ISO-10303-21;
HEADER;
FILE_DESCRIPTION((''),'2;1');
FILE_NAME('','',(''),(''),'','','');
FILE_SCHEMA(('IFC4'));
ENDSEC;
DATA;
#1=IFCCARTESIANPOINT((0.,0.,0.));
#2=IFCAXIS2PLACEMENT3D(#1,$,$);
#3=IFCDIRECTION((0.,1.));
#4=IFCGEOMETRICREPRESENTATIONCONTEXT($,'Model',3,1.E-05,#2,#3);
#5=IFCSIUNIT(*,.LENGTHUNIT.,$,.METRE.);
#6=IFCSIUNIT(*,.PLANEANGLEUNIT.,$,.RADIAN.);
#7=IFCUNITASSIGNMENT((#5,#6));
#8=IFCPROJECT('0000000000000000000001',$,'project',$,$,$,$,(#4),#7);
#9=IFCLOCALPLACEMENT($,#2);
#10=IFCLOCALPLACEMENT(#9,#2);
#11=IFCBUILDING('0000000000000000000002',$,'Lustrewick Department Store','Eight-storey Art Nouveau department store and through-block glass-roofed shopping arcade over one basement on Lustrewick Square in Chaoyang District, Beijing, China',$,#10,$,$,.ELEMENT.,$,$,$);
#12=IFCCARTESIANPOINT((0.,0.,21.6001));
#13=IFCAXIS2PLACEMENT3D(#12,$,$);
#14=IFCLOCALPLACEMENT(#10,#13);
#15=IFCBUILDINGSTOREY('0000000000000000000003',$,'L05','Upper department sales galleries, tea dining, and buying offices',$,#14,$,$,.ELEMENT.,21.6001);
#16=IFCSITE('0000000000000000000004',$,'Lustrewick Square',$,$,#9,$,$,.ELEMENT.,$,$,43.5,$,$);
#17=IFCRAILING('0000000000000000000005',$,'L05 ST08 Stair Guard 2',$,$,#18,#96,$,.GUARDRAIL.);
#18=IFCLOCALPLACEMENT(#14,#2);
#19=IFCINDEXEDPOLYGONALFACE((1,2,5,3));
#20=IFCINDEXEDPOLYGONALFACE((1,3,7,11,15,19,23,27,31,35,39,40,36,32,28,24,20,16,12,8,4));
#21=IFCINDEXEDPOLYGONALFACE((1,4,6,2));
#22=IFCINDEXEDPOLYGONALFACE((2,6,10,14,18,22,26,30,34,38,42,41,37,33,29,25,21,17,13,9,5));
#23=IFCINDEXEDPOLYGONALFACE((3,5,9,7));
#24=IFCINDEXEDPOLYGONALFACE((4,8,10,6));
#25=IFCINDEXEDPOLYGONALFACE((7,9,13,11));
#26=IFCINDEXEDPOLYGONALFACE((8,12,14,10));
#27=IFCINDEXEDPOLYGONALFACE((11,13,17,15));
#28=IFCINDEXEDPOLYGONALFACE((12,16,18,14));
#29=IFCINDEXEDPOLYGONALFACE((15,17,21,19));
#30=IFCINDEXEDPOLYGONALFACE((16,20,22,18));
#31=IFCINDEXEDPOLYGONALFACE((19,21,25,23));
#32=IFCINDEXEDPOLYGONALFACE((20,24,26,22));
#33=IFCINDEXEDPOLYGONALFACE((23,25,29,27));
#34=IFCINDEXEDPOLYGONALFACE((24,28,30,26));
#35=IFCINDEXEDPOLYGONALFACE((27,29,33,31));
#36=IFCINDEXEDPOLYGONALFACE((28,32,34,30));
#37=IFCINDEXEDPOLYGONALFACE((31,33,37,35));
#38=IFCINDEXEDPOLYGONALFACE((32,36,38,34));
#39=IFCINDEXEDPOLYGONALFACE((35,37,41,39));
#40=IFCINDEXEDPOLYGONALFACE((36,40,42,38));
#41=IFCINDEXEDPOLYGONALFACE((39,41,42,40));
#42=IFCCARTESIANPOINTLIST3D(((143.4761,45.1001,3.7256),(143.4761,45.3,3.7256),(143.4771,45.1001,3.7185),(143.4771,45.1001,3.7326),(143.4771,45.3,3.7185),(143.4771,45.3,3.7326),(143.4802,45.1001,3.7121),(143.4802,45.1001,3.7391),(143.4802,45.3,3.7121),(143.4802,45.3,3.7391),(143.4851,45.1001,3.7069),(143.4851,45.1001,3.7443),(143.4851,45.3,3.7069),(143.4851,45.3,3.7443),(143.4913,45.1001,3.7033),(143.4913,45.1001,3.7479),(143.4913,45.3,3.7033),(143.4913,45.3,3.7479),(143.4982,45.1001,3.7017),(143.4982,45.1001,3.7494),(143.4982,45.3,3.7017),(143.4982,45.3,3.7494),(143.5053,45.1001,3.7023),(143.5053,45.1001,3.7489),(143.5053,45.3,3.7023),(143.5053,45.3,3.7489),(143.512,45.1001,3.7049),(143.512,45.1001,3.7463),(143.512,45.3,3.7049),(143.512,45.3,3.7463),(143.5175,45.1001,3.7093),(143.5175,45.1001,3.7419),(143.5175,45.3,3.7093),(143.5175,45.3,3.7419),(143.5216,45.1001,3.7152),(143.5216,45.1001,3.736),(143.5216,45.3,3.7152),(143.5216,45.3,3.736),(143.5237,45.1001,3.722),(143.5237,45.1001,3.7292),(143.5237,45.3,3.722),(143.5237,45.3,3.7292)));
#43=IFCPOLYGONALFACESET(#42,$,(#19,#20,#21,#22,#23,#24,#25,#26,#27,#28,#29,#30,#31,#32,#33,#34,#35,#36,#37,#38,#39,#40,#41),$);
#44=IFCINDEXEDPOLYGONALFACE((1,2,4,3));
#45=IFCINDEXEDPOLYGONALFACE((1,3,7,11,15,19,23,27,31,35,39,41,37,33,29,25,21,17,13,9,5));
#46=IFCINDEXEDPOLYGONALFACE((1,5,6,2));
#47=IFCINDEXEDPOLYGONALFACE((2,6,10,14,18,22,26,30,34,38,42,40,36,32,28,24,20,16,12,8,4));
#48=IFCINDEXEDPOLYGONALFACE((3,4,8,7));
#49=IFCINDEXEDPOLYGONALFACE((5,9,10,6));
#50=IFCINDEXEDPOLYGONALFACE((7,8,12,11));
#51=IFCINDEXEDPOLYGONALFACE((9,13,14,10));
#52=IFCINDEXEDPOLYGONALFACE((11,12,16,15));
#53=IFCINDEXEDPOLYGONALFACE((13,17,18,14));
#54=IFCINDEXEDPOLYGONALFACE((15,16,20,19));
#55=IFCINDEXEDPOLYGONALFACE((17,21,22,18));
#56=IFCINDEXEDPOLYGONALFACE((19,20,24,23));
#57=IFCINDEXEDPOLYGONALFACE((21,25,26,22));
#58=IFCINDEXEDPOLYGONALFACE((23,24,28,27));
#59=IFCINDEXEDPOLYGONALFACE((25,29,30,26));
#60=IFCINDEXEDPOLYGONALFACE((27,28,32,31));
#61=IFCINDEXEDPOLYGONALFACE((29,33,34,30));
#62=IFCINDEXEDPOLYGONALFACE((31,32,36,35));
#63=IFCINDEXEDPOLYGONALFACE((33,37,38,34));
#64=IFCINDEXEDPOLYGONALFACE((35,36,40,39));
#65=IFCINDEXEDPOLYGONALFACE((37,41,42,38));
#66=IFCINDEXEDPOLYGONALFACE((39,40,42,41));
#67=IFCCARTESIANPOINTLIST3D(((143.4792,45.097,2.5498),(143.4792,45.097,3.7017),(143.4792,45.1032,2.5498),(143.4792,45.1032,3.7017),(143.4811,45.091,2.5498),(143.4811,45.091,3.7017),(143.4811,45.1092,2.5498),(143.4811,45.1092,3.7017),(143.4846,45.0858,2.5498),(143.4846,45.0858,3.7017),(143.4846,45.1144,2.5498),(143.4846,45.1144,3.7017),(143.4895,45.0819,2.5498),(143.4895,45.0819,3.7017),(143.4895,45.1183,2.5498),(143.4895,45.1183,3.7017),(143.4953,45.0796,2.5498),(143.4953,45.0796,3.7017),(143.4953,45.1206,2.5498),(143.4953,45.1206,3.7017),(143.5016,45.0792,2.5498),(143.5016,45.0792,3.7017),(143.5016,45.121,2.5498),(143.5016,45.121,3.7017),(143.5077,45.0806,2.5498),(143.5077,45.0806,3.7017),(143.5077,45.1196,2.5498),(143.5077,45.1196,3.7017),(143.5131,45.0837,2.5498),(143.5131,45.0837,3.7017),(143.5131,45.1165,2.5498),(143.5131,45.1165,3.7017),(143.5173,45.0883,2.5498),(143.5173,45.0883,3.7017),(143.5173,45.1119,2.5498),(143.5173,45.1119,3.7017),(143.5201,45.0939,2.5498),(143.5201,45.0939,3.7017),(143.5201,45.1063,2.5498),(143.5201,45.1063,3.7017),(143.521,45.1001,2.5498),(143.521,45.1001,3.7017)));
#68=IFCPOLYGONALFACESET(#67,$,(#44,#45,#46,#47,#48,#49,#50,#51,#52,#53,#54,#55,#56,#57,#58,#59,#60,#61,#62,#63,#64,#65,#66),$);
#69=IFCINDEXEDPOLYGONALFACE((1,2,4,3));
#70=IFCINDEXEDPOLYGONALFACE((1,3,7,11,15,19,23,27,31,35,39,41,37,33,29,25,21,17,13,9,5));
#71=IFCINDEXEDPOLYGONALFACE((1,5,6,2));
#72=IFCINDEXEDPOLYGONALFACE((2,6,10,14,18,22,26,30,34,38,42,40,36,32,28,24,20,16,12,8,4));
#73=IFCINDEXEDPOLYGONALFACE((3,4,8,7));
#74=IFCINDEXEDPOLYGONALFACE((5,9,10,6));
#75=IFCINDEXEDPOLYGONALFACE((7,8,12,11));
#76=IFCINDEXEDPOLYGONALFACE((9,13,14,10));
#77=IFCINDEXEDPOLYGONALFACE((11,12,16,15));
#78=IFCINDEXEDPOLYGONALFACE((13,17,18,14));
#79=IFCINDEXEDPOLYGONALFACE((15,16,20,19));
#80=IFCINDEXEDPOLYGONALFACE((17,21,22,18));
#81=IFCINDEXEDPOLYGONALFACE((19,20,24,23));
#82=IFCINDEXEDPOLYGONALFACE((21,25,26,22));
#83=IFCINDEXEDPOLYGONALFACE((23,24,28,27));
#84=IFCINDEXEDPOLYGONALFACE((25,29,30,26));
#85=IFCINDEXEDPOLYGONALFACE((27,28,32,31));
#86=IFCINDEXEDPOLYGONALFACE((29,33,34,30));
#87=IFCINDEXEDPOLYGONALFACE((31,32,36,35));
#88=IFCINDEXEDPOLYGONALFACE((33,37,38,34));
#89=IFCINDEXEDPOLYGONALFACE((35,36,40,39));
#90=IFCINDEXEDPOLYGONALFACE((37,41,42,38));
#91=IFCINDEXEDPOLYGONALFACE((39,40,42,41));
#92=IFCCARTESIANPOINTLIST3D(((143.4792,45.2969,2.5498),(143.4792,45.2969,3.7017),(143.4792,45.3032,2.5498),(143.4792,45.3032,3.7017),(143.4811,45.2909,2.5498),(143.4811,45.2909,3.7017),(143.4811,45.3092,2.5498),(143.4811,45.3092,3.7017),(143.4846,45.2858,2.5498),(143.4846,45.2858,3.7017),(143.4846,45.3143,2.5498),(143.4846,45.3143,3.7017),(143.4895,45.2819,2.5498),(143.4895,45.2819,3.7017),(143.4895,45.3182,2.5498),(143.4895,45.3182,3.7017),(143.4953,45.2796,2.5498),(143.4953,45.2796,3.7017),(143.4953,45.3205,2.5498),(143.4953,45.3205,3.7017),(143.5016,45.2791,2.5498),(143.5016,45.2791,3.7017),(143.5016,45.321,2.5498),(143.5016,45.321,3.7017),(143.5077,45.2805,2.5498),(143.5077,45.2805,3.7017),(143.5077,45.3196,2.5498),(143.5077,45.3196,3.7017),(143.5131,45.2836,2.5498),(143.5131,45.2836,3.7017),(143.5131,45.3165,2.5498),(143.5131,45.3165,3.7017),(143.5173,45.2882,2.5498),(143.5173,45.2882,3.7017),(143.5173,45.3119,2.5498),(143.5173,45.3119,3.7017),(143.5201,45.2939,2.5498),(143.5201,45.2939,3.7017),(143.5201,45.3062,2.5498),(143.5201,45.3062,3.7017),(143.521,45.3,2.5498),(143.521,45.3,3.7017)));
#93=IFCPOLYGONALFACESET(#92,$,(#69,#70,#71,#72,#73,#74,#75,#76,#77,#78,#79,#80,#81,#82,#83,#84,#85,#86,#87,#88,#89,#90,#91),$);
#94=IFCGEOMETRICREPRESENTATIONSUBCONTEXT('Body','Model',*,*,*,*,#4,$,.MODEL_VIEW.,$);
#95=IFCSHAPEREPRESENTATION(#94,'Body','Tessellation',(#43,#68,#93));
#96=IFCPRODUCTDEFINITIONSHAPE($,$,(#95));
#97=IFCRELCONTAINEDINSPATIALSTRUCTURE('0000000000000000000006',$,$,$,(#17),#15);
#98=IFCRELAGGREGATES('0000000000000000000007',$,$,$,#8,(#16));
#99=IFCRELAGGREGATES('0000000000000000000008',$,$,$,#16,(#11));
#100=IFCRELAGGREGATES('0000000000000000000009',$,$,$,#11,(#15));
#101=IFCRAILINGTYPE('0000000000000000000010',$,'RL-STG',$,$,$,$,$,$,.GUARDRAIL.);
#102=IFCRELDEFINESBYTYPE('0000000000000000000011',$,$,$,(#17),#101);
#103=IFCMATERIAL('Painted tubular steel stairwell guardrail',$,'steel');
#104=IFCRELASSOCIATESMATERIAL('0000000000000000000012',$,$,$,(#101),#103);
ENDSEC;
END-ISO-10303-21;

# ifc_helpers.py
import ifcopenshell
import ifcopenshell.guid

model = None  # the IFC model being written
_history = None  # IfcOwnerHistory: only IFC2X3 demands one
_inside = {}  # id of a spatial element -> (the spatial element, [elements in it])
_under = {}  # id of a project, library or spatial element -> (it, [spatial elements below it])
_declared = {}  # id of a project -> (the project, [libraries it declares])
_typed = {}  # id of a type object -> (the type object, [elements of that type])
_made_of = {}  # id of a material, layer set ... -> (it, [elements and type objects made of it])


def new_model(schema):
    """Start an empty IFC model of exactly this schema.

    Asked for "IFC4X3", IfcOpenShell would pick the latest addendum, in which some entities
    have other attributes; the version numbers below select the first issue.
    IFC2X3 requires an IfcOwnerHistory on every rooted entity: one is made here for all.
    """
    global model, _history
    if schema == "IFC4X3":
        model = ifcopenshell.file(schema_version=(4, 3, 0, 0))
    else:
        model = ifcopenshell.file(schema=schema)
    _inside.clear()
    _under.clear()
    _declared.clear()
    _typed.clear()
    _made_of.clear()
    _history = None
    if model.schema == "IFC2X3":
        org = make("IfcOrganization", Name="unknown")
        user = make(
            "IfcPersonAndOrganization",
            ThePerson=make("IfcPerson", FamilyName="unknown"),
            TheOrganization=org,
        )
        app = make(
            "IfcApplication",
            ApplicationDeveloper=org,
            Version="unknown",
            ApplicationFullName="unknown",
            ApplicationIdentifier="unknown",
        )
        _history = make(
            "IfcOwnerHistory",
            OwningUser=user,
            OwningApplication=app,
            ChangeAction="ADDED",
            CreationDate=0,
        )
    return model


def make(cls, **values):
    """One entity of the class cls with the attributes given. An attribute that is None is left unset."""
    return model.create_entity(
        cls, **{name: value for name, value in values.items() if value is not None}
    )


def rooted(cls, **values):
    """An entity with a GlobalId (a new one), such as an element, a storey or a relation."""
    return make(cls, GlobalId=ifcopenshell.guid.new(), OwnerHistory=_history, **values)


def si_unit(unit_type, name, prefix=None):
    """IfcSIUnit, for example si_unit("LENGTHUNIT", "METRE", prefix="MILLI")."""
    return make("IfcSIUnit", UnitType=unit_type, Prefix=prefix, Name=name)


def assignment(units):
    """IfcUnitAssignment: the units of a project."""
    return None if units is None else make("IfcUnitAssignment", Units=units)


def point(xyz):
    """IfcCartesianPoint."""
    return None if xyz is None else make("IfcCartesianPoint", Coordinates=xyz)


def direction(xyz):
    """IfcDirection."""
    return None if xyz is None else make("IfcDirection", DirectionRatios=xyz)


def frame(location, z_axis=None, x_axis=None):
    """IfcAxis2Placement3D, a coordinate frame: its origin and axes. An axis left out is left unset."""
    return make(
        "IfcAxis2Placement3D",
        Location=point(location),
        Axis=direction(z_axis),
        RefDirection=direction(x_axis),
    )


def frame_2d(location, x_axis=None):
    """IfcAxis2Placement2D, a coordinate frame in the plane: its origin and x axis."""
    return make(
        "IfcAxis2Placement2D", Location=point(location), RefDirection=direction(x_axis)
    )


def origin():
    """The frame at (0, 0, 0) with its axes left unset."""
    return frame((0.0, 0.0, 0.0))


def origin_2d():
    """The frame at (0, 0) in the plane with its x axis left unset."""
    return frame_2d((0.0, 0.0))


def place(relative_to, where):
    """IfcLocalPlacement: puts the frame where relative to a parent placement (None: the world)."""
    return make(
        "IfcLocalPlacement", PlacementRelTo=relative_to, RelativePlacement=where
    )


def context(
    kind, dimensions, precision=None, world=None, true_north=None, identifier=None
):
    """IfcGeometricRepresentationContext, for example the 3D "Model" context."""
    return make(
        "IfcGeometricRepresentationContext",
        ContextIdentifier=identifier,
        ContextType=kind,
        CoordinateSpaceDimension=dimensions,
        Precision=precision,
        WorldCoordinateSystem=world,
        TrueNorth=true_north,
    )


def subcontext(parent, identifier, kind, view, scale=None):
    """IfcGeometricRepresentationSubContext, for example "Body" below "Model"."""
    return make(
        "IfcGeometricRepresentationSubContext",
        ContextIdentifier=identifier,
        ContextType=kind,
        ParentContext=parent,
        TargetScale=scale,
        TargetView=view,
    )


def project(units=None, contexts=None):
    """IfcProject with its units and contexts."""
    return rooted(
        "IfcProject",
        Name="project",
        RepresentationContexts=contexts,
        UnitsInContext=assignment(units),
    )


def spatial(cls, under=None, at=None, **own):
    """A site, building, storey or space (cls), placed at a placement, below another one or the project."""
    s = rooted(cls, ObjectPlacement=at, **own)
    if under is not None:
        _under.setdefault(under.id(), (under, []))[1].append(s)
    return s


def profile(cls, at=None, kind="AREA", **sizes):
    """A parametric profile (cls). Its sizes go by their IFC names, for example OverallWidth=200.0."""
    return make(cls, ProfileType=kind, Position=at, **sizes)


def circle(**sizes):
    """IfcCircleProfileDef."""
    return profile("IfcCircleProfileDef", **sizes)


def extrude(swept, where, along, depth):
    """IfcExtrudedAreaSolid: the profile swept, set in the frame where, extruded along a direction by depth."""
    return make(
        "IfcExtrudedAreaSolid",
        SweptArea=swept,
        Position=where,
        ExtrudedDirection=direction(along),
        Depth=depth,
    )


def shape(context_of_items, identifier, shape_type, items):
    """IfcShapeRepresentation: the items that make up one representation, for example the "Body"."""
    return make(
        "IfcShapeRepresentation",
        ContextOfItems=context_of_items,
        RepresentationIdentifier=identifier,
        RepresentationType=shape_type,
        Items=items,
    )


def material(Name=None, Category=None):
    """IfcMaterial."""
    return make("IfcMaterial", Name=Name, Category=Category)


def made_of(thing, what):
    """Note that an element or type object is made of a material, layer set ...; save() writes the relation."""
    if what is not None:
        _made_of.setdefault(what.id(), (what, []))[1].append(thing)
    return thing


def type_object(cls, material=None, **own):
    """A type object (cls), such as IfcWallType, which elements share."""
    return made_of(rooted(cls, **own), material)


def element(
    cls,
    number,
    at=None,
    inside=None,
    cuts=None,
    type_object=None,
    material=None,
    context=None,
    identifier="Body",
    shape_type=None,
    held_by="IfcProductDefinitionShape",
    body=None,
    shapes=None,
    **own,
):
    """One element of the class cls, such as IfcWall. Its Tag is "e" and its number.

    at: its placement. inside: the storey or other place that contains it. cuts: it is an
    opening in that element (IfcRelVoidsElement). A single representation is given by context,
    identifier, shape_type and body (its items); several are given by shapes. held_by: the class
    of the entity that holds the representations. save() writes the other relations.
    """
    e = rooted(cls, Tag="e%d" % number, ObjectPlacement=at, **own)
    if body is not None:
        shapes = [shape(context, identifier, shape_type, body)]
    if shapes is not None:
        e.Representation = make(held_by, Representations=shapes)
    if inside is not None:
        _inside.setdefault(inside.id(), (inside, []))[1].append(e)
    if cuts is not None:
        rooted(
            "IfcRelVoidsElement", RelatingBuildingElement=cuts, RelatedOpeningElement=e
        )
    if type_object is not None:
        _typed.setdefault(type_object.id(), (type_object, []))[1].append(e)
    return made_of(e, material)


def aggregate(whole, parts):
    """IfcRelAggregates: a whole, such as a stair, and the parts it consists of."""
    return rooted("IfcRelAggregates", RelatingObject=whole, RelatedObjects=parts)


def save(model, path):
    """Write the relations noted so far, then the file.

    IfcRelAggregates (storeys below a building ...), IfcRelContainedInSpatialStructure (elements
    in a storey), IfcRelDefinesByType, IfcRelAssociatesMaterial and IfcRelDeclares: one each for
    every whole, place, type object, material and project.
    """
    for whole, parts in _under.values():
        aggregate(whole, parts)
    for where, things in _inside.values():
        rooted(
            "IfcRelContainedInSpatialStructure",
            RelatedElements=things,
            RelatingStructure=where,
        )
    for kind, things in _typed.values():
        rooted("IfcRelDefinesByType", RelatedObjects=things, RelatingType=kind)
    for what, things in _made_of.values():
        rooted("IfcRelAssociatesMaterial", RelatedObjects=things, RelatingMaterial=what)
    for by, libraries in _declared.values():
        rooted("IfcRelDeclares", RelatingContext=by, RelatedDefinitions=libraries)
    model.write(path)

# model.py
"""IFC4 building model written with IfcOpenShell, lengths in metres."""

from ifc_helpers import new_model, si_unit, direction, frame, origin, origin_2d, place, context, subcontext, project, spatial, circle, extrude, material, type_object, element, save


model = new_model("IFC4")

# Units and contexts
model_context = context("Model", 3, precision=1e-05, world=origin(), true_north=direction((0.0, 1.0)))
body_context = subcontext(model_context, "Body", "Model", "MODEL_VIEW")
ifc_project = project(units=[si_unit("LENGTHUNIT", "METRE"), si_unit("PLANEANGLEUNIT", "RADIAN")], contexts=[model_context])

# Site, building, storey
site_placement = place(None, origin())
site = spatial("IfcSite", under=ifc_project, at=site_placement, Name="Lustrewick Square", CompositionType="ELEMENT", RefElevation=43.5)
building_placement = place(site_placement, origin())
building = spatial("IfcBuilding", under=site, at=building_placement, Name="Lustrewick Department Store", Description="Eight-storey Art Nouveau department store and through-block glass-roofed shopping arcade over one basement on Lustrewick Square in Chaoyang District, Beijing, China", CompositionType="ELEMENT")
storey_placement = place(building_placement, frame((0.0, 0.0, 21.6001)))
storey = spatial("IfcBuildingStorey", under=building, at=storey_placement, Name="L05", Description="Upper department sales galleries, tea dining, and buying offices", CompositionType="ELEMENT", Elevation=21.6001)

# Railing
ifc_material_1 = material(Name="Painted tubular steel stairwell guardrail", Category="steel")
railing_type = type_object("IfcRailingType", Name="RL-STG", PredefinedType="GUARDRAIL", material=ifc_material_1)
railing_1_placement = place(storey_placement, frame((143.5, 45.1001, 2.5498)))
element("IfcRailing", 1, at=railing_1_placement, inside=storey, type_object=railing_type, Name="L05 ST08 Stair Guard 2", PredefinedType="GUARDRAIL", context=body_context, shape_type="SweptSolid", body=[
    extrude(circle(Radius=0.0239, at=origin_2d()), frame((0.0, 0.0, 1.1758), z_axis=(0.0, 1.0, 0.0), x_axis=(-1.0, 0.0, 0.0)), (0.0, 0.0, 1.0), 0.2),
    extrude(circle(Radius=0.021, at=origin_2d()), origin(), (0.0, 0.0, 1.0), 1.1519),
    extrude(circle(Radius=0.021, at=origin_2d()), frame((0.0, 0.2, 0.0)), (0.0, 0.0, 1.0), 1.1519),
])

save(model, "model.ifc")
